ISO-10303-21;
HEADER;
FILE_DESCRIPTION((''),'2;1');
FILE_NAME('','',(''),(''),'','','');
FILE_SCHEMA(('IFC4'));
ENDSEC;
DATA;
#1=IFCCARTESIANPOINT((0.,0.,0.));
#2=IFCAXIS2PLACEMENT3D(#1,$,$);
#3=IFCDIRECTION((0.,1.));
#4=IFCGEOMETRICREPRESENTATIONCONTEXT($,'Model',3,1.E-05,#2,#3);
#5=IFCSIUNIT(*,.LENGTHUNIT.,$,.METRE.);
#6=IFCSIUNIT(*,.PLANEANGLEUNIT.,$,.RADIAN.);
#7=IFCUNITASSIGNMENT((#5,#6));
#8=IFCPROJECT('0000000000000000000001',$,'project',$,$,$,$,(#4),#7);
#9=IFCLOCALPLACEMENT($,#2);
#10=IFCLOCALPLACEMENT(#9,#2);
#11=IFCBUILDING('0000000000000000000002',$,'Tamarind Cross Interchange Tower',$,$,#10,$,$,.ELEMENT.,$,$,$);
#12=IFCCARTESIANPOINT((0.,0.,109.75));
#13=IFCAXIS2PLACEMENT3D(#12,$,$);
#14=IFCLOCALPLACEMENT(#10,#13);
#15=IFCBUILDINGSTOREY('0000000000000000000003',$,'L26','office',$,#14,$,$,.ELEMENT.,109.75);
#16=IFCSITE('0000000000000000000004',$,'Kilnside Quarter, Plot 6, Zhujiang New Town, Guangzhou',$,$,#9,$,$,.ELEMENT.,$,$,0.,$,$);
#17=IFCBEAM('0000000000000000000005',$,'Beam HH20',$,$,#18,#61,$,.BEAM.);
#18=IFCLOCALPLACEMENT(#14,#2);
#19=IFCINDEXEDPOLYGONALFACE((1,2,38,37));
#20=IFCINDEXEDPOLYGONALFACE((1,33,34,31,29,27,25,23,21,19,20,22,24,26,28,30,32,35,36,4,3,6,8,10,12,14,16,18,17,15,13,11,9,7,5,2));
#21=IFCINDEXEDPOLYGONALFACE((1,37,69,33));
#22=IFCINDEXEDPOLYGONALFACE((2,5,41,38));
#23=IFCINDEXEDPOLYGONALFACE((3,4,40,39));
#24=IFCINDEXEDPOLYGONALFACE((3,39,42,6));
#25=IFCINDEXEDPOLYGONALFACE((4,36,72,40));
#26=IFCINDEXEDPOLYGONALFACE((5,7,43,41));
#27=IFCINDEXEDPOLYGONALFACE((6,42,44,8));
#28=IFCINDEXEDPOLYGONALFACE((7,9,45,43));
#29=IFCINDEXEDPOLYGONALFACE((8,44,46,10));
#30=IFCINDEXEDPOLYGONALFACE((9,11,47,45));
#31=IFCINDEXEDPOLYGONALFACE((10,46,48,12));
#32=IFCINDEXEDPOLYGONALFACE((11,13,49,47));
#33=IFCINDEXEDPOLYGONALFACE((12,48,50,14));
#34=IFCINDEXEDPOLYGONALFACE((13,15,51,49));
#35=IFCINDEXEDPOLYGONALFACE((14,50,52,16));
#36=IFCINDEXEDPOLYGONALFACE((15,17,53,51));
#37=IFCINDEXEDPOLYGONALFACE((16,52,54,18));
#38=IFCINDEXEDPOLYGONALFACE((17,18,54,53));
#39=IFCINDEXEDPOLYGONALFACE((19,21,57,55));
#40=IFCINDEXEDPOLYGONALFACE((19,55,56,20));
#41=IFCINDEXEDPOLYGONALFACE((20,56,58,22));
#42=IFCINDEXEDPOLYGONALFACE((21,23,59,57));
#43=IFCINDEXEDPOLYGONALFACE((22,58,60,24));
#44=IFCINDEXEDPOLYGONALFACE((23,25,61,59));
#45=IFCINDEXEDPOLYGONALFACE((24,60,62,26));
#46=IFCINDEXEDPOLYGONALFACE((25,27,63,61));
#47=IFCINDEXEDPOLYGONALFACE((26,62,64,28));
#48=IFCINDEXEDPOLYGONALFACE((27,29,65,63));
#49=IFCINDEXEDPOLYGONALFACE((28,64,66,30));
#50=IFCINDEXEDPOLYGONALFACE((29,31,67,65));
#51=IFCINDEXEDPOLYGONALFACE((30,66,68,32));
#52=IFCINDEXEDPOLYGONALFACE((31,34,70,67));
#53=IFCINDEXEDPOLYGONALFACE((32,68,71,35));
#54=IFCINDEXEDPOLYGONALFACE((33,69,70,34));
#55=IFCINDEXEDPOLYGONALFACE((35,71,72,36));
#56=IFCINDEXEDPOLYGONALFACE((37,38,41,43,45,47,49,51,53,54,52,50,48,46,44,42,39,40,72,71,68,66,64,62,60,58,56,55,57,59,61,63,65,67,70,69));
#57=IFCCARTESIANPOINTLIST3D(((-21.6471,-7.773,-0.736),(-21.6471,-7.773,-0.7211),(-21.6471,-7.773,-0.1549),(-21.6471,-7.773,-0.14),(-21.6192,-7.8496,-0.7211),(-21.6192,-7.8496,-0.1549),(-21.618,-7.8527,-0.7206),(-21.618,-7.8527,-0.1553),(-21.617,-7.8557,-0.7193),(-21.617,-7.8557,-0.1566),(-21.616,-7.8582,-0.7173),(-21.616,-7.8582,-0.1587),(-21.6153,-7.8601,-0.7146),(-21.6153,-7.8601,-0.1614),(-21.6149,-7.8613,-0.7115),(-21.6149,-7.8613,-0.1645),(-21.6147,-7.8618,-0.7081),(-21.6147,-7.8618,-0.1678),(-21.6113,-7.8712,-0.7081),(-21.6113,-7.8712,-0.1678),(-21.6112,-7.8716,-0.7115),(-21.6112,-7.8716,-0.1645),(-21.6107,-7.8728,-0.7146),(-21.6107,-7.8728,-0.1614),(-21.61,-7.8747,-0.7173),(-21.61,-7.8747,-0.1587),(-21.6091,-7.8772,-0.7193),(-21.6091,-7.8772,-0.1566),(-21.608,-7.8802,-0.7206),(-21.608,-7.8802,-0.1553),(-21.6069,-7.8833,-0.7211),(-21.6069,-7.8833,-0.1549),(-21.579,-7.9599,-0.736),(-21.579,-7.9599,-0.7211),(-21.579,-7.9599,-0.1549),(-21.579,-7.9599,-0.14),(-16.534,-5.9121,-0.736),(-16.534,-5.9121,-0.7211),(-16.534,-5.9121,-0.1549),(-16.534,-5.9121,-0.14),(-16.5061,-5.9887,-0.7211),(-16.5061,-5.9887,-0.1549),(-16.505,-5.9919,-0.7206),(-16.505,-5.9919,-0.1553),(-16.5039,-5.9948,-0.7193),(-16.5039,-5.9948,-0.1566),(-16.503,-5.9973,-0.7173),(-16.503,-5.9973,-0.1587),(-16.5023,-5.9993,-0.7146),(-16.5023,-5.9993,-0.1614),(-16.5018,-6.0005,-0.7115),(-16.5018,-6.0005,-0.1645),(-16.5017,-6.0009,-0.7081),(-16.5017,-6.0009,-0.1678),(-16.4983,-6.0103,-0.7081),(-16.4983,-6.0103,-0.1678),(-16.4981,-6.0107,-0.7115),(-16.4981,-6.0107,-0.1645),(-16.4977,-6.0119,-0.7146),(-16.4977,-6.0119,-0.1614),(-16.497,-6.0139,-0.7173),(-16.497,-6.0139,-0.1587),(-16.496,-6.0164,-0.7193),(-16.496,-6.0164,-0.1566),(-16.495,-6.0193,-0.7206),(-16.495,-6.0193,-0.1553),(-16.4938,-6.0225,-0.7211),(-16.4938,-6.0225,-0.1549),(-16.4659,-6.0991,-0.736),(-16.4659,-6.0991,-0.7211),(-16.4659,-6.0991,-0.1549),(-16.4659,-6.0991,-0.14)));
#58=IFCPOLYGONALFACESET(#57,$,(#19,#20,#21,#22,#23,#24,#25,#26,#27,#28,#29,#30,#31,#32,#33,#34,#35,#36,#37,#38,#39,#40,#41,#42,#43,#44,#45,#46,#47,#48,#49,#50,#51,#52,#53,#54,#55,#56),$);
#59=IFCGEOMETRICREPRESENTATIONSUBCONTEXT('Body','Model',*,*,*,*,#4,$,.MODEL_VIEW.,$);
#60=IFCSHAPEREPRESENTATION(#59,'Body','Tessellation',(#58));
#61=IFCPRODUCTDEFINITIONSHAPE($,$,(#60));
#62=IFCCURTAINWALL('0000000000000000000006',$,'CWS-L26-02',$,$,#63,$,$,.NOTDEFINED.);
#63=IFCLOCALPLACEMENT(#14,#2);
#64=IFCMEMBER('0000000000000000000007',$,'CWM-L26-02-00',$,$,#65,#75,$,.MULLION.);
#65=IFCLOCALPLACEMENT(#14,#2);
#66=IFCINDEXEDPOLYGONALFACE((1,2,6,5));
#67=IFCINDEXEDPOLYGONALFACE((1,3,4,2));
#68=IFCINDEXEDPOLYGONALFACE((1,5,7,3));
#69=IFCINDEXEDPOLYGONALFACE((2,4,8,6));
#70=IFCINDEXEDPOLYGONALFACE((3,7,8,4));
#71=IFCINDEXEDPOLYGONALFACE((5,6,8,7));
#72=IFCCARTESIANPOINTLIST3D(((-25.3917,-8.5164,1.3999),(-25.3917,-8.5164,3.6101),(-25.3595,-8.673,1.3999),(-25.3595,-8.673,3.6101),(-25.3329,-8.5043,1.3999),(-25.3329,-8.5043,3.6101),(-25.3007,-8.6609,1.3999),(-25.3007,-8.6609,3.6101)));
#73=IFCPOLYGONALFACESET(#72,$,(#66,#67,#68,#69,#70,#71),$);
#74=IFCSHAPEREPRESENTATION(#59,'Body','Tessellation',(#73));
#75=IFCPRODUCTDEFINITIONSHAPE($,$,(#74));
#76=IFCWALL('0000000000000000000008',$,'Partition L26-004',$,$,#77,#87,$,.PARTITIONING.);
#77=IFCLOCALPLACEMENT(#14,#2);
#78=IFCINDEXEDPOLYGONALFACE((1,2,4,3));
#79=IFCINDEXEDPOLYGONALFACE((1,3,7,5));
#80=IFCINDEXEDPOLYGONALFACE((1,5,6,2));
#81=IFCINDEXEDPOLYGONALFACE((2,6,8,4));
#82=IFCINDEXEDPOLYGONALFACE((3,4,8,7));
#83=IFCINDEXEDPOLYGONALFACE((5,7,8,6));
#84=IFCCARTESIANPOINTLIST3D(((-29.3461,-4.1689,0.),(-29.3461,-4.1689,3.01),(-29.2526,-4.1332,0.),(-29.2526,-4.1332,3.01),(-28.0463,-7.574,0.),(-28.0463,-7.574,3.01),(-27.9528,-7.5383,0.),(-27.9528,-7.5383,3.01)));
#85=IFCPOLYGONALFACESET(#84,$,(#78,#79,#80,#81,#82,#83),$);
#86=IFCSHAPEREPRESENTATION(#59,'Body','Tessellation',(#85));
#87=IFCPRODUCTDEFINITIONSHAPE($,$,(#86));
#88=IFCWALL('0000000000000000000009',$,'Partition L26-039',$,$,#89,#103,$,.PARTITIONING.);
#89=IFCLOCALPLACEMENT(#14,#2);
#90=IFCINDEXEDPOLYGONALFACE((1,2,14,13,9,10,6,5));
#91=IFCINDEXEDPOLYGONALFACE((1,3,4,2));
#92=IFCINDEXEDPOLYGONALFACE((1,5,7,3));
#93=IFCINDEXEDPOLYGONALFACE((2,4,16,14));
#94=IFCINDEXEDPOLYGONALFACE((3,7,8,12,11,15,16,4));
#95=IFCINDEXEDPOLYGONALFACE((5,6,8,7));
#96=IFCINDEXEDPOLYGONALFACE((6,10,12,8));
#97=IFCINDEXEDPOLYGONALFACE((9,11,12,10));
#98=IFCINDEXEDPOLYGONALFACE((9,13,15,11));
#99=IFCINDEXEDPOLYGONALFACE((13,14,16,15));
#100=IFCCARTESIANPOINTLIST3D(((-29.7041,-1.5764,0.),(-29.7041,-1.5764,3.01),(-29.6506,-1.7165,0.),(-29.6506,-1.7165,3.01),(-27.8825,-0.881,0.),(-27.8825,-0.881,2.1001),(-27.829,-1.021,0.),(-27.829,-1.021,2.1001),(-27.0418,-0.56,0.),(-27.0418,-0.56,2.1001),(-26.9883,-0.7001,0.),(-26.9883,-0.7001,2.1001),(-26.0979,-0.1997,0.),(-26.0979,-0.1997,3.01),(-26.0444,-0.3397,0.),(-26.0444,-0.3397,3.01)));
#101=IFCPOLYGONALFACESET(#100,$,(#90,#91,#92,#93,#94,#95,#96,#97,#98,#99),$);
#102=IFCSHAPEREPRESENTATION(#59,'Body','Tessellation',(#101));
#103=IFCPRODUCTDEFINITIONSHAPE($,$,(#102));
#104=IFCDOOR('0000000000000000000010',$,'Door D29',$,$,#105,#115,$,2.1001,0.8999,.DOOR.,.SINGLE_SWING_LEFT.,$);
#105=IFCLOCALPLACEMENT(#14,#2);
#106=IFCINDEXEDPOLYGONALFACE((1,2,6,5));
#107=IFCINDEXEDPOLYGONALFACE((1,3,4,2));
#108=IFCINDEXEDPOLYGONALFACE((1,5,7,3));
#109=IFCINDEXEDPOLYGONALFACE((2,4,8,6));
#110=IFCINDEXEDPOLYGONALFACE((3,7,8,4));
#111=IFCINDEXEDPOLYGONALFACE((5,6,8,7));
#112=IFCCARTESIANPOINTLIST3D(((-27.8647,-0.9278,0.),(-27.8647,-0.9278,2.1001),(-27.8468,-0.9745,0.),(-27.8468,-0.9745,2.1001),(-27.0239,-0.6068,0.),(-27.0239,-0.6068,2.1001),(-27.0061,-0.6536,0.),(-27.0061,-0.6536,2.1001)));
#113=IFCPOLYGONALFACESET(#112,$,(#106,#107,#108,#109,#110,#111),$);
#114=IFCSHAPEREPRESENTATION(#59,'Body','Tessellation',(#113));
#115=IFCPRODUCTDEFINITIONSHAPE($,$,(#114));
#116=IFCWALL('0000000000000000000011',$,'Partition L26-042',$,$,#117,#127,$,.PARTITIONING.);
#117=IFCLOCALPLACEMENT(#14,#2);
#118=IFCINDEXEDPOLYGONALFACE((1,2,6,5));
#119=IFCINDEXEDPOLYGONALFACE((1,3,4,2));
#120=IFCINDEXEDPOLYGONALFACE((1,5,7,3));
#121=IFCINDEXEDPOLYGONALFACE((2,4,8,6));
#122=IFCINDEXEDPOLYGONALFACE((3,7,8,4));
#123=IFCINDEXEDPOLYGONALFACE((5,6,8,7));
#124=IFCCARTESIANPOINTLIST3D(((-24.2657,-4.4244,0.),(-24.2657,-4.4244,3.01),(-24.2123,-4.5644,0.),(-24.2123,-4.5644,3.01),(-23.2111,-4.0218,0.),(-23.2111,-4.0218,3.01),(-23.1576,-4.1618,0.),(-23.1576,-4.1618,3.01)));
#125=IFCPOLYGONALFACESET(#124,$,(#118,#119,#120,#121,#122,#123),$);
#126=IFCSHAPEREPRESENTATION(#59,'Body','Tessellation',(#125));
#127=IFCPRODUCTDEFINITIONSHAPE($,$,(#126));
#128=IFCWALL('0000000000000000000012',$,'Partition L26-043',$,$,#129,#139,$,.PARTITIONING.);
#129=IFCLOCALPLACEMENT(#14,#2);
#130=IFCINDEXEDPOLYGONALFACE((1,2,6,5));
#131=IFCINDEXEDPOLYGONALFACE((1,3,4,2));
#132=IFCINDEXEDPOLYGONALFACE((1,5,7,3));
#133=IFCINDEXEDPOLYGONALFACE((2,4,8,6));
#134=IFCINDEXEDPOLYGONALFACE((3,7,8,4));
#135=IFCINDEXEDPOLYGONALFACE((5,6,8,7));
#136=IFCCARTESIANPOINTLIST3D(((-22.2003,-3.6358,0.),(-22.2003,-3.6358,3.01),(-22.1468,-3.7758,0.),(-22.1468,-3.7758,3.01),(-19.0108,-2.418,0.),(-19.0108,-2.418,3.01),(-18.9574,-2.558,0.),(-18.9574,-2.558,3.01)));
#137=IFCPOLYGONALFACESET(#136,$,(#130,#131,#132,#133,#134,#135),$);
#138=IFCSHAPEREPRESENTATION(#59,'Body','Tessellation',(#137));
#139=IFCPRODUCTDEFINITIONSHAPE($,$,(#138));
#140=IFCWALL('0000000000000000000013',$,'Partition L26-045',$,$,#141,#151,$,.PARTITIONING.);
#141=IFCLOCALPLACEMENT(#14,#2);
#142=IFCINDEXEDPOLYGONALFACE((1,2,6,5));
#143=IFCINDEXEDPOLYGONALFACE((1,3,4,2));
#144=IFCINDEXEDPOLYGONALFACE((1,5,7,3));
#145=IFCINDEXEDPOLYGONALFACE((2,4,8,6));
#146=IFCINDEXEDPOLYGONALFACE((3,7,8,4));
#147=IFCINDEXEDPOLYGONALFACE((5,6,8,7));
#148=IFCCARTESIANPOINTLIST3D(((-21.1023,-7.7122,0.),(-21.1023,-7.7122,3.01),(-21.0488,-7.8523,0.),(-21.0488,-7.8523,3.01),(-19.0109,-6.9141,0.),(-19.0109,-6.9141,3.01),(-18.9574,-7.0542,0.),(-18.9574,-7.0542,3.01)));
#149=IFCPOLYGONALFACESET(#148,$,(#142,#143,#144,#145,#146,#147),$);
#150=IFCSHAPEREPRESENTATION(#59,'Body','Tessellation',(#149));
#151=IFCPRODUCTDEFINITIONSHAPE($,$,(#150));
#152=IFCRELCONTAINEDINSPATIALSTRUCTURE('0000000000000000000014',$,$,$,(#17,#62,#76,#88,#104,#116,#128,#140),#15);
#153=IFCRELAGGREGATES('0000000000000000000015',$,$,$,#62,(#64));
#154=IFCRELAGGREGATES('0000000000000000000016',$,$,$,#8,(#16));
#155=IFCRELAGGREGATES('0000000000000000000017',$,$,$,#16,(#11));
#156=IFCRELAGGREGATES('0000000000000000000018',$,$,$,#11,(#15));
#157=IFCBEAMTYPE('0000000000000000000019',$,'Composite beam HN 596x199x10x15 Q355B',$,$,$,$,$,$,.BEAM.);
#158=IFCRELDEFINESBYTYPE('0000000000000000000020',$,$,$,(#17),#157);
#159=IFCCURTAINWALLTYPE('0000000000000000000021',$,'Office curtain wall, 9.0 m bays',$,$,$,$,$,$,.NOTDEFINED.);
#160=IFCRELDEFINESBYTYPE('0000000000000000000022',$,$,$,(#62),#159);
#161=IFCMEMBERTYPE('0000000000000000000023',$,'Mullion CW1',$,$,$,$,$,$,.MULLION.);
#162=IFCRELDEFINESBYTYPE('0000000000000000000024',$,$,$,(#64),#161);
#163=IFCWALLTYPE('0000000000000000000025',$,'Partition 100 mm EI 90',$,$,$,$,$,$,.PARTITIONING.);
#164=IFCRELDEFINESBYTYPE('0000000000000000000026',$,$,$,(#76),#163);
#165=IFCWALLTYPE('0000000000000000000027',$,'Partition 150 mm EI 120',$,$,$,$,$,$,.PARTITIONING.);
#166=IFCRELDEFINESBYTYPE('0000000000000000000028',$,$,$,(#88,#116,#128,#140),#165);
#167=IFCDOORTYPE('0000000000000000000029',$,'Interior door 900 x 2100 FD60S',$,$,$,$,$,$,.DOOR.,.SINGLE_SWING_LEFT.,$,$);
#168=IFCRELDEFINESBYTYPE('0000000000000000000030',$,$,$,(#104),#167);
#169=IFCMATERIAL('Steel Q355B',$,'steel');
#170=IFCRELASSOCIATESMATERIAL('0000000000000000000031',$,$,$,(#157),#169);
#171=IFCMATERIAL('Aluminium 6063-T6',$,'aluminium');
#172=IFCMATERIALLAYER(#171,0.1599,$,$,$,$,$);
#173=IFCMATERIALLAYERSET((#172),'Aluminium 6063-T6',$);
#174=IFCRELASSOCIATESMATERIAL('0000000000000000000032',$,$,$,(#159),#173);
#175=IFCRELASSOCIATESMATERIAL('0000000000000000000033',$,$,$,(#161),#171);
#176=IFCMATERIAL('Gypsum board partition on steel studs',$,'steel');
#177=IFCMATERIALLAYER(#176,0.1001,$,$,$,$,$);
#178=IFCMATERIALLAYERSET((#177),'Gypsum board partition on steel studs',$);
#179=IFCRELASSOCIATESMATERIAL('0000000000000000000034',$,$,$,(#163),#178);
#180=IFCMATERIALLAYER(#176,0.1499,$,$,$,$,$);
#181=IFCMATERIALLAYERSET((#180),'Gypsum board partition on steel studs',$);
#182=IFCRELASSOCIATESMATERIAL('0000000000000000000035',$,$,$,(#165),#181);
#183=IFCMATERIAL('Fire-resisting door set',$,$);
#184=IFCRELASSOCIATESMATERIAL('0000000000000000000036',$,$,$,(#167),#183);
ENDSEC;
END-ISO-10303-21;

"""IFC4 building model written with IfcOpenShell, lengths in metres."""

from ifc_helpers import new_model, si_unit, direction, frame, frame_2d, origin, origin_2d, place, context, subcontext, project, spatial, rectangle, i_section, extrude, material, layer, layer_set, material_profile, profile_set, type_object, element, fill, aggregate, save


model = new_model("IFC4")

# Units and contexts
model_context = context("Model", 3, precision=1e-05, world=origin(), true_north=direction((0.0, 1.0)))
body_context = subcontext(model_context, "Body", "Model", "MODEL_VIEW")
ifc_project = project(units=[si_unit("LENGTHUNIT", "METRE"), si_unit("PLANEANGLEUNIT", "RADIAN")], contexts=[model_context])

# Site, building, storey
site_placement = place(None, origin())
site = spatial("IfcSite", under=ifc_project, at=site_placement, Name="Kilnside Quarter, Plot 6, Zhujiang New Town, Guangzhou", CompositionType="ELEMENT", RefElevation=0.0)
building_placement = place(site_placement, origin())
building = spatial("IfcBuilding", under=site, at=building_placement, Name="Tamarind Cross Interchange Tower", CompositionType="ELEMENT")
storey_placement = place(building_placement, frame((0.0, 0.0, 109.75)))
storey = spatial("IfcBuildingStorey", under=building, at=storey_placement, Name="L26", Description="office", CompositionType="ELEMENT", Elevation=109.75)

# Beam
ifc_material_1 = material(Name="Steel Q355B", Category="steel")
ifc_material_profile_1 = material_profile(ifc_material_1, i_section(OverallWidth=0.199, OverallDepth=0.5959, WebThickness=0.01, FlangeThickness=0.0149, FilletRadius=0.0129, at=origin_2d()), Name="HN 596x199x10x15")
ifc_profile_set_1 = profile_set([ifc_material_profile_1], Name="Steel Q355B")
beam_type_1 = type_object("IfcBeamType", Name="Composite beam HN 596x199x10x15 Q355B", PredefinedType="BEAM", material=ifc_profile_set_1)
beam_1_placement = place(storey_placement, frame((-21.613, -7.8665, -0.438), z_axis=(0.939702, 0.341995, 0.0), x_axis=(-0.341995, 0.939702, 0.0)))
element("IfcBeam", 1, at=beam_1_placement, inside=storey, type_object=beam_type_1, Name="Beam HH20", PredefinedType="BEAM", context=body_context, shape_type="SweptSolid", body=[
    extrude(i_section(OverallWidth=0.199, OverallDepth=0.5959, WebThickness=0.01, FlangeThickness=0.0149, FilletRadius=0.0129, at=origin_2d()), origin(), (0.0, 0.0, 1.0), 5.4412),
])

# Curtain wall, member
ifc_material_2 = material(Name="Aluminium 6063-T6", Category="aluminium")
ifc_layer_1 = layer(ifc_material_2, 0.1599)
ifc_layer_set_1 = layer_set([ifc_layer_1], Name="Aluminium 6063-T6")
curtain_wall_type = type_object("IfcCurtainWallType", Name="Office curtain wall, 9.0 m bays", PredefinedType="NOTDEFINED", material=ifc_layer_set_1)
curtain_wall_placement = place(storey_placement, origin())
curtain_wall = element("IfcCurtainWall", 2, at=curtain_wall_placement, inside=storey, type_object=curtain_wall_type, Name="CWS-L26-02", PredefinedType="NOTDEFINED")
ifc_material_profile_2 = material_profile(ifc_material_2, rectangle(XDim=0.0601, YDim=0.1599, at=origin_2d()), Name="Mullion CW1")
ifc_profile_set_2 = profile_set([ifc_material_profile_2], Name="Aluminium 6063-T6")
member_type = type_object("IfcMemberType", Name="Mullion CW1", PredefinedType="MULLION", material=ifc_profile_set_2)
member_placement = place(storey_placement, frame((-25.3462, -8.5886, 1.3999), z_axis=(0.0, 0.0, 1.0), x_axis=(0.979481, 0.201537, 0.0)))
member = element("IfcMember", 3, at=member_placement, type_object=member_type, Name="CWM-L26-02-00", PredefinedType="MULLION", context=body_context, shape_type="SweptSolid", body=[
    extrude(rectangle(XDim=0.0601, YDim=0.1599, at=origin_2d()), origin(), (0.0, 0.0, 1.0), 2.2102),
])
aggregate(curtain_wall, [member])

# Wall
ifc_material_3 = material(Name="Gypsum board partition on steel studs", Category="steel")
ifc_layer_2 = layer(ifc_material_3, 0.1001)
ifc_layer_set_2 = layer_set([ifc_layer_2], Name="Gypsum board partition on steel studs")
wall_type_1 = type_object("IfcWallType", Name="Partition 100 mm EI 90", PredefinedType="PARTITIONING", material=ifc_layer_set_2)
wall_1_placement = place(storey_placement, frame((-29.2993, -4.1511, 0.0), z_axis=(0.0, 0.0, 1.0), x_axis=(0.35663, -0.934246, 0.0)))
element("IfcWall", 4, at=wall_1_placement, inside=storey, type_object=wall_type_1, Name="Partition L26-004", PredefinedType="PARTITIONING", context=body_context, shape_type="SweptSolid", body=[
    extrude(rectangle(XDim=3.6448, YDim=0.1001, at=frame_2d((1.8223, 0.0))), origin(), (0.0, 0.0, 1.0), 3.01),
])

# Wall, opening, door
ifc_layer_3 = layer(ifc_material_3, 0.1499)
ifc_layer_set_3 = layer_set([ifc_layer_3], Name="Gypsum board partition on steel studs")
wall_type_2 = type_object("IfcWallType", Name="Partition 150 mm EI 120", PredefinedType="PARTITIONING", material=ifc_layer_set_3)
wall_2_placement = place(storey_placement, frame((-29.6775, -1.6465, 0.0), z_axis=(0.0, 0.0, 1.0), x_axis=(0.934236, 0.356655, 0.0)))
wall_2 = element("IfcWall", 5, at=wall_2_placement, inside=storey, type_object=wall_type_2, Name="Partition L26-039", PredefinedType="PARTITIONING", context=body_context, shape_type="SweptSolid", body=[
    extrude(rectangle(XDim=3.8601, YDim=0.1499, at=frame_2d((1.9302, 0.0))), origin(), (0.0, 0.0, 1.0), 3.01),
])
opening_placement = place(wall_2_placement, frame((1.95, 0.0, 0.0)))
opening = element("IfcOpeningElement", 6, at=opening_placement, cuts=wall_2, PredefinedType="OPENING", context=body_context, shape_type="SweptSolid", body=[
    extrude(rectangle(XDim=0.8999, YDim=2.1001, at=frame_2d((0.45, 1.05))), frame((0.0, 0.085, 0.0), z_axis=(0.0, -1.0, 0.0), x_axis=(1.0, 0.0, 0.0)), (0.0, 0.0, 1.0), 0.1699),
])
ifc_material_4 = material(Name="Fire-resisting door set")
door_type = type_object("IfcDoorType", Name="Interior door 900 x 2100 FD60S", OperationType="SINGLE_SWING_LEFT", PredefinedType="DOOR", material=ifc_material_4)
door_placement = place(opening_placement, origin())
door = element("IfcDoor", 7, at=door_placement, inside=storey, type_object=door_type, Name="Door D29", OperationType="SINGLE_SWING_LEFT", OverallHeight=2.1001, OverallWidth=0.8999, PredefinedType="DOOR", context=body_context, shape_type="SweptSolid", body=[
    extrude(rectangle(XDim=0.8999, YDim=2.1001, at=frame_2d((0.45, 1.05))), frame((0.0, 0.0249, 0.0), z_axis=(0.0, -1.0, 0.0), x_axis=(1.0, 0.0, 0.0)), (0.0, 0.0, 1.0), 0.05),
])
fill(opening, door)

# Walls
wall_3_placement = place(storey_placement, frame((-24.239, -4.4944, 0.0), z_axis=(0.0, 0.0, 1.0), x_axis=(0.934251, 0.356616, 0.0)))
element("IfcWall", 8, at=wall_3_placement, inside=storey, type_object=wall_type_2, Name="Partition L26-042", PredefinedType="PARTITIONING", context=body_context, shape_type="SweptSolid", body=[
    extrude(rectangle(XDim=1.1289, YDim=0.1499, at=frame_2d((0.5645, 0.0))), origin(), (0.0, 0.0, 1.0), 3.01),
])
wall_4_placement = place(storey_placement, frame((-22.1736, -3.7058, 0.0), z_axis=(0.0, 0.0, 1.0), x_axis=(0.93422, 0.356697, 0.0)))
element("IfcWall", 9, at=wall_4_placement, inside=storey, type_object=wall_type_2, Name="Partition L26-043", PredefinedType="PARTITIONING", context=body_context, shape_type="SweptSolid", body=[
    extrude(rectangle(XDim=3.4141, YDim=0.1499, at=frame_2d((1.707, 0.0))), origin(), (0.0, 0.0, 1.0), 3.01),
])
wall_5_placement = place(storey_placement, frame((-21.0754, -7.7822, 0.0), z_axis=(0.0, 0.0, 1.0), x_axis=(0.934279, 0.356544, 0.0)))
element("IfcWall", 10, at=wall_5_placement, inside=storey, type_object=wall_type_2, Name="Partition L26-045", PredefinedType="PARTITIONING", context=body_context, shape_type="SweptSolid", body=[
    extrude(rectangle(XDim=2.2385, YDim=0.1499, at=frame_2d((1.1191, 0.0))), origin(), (0.0, 0.0, 1.0), 3.01),
])

save(model, "model.ifc")
